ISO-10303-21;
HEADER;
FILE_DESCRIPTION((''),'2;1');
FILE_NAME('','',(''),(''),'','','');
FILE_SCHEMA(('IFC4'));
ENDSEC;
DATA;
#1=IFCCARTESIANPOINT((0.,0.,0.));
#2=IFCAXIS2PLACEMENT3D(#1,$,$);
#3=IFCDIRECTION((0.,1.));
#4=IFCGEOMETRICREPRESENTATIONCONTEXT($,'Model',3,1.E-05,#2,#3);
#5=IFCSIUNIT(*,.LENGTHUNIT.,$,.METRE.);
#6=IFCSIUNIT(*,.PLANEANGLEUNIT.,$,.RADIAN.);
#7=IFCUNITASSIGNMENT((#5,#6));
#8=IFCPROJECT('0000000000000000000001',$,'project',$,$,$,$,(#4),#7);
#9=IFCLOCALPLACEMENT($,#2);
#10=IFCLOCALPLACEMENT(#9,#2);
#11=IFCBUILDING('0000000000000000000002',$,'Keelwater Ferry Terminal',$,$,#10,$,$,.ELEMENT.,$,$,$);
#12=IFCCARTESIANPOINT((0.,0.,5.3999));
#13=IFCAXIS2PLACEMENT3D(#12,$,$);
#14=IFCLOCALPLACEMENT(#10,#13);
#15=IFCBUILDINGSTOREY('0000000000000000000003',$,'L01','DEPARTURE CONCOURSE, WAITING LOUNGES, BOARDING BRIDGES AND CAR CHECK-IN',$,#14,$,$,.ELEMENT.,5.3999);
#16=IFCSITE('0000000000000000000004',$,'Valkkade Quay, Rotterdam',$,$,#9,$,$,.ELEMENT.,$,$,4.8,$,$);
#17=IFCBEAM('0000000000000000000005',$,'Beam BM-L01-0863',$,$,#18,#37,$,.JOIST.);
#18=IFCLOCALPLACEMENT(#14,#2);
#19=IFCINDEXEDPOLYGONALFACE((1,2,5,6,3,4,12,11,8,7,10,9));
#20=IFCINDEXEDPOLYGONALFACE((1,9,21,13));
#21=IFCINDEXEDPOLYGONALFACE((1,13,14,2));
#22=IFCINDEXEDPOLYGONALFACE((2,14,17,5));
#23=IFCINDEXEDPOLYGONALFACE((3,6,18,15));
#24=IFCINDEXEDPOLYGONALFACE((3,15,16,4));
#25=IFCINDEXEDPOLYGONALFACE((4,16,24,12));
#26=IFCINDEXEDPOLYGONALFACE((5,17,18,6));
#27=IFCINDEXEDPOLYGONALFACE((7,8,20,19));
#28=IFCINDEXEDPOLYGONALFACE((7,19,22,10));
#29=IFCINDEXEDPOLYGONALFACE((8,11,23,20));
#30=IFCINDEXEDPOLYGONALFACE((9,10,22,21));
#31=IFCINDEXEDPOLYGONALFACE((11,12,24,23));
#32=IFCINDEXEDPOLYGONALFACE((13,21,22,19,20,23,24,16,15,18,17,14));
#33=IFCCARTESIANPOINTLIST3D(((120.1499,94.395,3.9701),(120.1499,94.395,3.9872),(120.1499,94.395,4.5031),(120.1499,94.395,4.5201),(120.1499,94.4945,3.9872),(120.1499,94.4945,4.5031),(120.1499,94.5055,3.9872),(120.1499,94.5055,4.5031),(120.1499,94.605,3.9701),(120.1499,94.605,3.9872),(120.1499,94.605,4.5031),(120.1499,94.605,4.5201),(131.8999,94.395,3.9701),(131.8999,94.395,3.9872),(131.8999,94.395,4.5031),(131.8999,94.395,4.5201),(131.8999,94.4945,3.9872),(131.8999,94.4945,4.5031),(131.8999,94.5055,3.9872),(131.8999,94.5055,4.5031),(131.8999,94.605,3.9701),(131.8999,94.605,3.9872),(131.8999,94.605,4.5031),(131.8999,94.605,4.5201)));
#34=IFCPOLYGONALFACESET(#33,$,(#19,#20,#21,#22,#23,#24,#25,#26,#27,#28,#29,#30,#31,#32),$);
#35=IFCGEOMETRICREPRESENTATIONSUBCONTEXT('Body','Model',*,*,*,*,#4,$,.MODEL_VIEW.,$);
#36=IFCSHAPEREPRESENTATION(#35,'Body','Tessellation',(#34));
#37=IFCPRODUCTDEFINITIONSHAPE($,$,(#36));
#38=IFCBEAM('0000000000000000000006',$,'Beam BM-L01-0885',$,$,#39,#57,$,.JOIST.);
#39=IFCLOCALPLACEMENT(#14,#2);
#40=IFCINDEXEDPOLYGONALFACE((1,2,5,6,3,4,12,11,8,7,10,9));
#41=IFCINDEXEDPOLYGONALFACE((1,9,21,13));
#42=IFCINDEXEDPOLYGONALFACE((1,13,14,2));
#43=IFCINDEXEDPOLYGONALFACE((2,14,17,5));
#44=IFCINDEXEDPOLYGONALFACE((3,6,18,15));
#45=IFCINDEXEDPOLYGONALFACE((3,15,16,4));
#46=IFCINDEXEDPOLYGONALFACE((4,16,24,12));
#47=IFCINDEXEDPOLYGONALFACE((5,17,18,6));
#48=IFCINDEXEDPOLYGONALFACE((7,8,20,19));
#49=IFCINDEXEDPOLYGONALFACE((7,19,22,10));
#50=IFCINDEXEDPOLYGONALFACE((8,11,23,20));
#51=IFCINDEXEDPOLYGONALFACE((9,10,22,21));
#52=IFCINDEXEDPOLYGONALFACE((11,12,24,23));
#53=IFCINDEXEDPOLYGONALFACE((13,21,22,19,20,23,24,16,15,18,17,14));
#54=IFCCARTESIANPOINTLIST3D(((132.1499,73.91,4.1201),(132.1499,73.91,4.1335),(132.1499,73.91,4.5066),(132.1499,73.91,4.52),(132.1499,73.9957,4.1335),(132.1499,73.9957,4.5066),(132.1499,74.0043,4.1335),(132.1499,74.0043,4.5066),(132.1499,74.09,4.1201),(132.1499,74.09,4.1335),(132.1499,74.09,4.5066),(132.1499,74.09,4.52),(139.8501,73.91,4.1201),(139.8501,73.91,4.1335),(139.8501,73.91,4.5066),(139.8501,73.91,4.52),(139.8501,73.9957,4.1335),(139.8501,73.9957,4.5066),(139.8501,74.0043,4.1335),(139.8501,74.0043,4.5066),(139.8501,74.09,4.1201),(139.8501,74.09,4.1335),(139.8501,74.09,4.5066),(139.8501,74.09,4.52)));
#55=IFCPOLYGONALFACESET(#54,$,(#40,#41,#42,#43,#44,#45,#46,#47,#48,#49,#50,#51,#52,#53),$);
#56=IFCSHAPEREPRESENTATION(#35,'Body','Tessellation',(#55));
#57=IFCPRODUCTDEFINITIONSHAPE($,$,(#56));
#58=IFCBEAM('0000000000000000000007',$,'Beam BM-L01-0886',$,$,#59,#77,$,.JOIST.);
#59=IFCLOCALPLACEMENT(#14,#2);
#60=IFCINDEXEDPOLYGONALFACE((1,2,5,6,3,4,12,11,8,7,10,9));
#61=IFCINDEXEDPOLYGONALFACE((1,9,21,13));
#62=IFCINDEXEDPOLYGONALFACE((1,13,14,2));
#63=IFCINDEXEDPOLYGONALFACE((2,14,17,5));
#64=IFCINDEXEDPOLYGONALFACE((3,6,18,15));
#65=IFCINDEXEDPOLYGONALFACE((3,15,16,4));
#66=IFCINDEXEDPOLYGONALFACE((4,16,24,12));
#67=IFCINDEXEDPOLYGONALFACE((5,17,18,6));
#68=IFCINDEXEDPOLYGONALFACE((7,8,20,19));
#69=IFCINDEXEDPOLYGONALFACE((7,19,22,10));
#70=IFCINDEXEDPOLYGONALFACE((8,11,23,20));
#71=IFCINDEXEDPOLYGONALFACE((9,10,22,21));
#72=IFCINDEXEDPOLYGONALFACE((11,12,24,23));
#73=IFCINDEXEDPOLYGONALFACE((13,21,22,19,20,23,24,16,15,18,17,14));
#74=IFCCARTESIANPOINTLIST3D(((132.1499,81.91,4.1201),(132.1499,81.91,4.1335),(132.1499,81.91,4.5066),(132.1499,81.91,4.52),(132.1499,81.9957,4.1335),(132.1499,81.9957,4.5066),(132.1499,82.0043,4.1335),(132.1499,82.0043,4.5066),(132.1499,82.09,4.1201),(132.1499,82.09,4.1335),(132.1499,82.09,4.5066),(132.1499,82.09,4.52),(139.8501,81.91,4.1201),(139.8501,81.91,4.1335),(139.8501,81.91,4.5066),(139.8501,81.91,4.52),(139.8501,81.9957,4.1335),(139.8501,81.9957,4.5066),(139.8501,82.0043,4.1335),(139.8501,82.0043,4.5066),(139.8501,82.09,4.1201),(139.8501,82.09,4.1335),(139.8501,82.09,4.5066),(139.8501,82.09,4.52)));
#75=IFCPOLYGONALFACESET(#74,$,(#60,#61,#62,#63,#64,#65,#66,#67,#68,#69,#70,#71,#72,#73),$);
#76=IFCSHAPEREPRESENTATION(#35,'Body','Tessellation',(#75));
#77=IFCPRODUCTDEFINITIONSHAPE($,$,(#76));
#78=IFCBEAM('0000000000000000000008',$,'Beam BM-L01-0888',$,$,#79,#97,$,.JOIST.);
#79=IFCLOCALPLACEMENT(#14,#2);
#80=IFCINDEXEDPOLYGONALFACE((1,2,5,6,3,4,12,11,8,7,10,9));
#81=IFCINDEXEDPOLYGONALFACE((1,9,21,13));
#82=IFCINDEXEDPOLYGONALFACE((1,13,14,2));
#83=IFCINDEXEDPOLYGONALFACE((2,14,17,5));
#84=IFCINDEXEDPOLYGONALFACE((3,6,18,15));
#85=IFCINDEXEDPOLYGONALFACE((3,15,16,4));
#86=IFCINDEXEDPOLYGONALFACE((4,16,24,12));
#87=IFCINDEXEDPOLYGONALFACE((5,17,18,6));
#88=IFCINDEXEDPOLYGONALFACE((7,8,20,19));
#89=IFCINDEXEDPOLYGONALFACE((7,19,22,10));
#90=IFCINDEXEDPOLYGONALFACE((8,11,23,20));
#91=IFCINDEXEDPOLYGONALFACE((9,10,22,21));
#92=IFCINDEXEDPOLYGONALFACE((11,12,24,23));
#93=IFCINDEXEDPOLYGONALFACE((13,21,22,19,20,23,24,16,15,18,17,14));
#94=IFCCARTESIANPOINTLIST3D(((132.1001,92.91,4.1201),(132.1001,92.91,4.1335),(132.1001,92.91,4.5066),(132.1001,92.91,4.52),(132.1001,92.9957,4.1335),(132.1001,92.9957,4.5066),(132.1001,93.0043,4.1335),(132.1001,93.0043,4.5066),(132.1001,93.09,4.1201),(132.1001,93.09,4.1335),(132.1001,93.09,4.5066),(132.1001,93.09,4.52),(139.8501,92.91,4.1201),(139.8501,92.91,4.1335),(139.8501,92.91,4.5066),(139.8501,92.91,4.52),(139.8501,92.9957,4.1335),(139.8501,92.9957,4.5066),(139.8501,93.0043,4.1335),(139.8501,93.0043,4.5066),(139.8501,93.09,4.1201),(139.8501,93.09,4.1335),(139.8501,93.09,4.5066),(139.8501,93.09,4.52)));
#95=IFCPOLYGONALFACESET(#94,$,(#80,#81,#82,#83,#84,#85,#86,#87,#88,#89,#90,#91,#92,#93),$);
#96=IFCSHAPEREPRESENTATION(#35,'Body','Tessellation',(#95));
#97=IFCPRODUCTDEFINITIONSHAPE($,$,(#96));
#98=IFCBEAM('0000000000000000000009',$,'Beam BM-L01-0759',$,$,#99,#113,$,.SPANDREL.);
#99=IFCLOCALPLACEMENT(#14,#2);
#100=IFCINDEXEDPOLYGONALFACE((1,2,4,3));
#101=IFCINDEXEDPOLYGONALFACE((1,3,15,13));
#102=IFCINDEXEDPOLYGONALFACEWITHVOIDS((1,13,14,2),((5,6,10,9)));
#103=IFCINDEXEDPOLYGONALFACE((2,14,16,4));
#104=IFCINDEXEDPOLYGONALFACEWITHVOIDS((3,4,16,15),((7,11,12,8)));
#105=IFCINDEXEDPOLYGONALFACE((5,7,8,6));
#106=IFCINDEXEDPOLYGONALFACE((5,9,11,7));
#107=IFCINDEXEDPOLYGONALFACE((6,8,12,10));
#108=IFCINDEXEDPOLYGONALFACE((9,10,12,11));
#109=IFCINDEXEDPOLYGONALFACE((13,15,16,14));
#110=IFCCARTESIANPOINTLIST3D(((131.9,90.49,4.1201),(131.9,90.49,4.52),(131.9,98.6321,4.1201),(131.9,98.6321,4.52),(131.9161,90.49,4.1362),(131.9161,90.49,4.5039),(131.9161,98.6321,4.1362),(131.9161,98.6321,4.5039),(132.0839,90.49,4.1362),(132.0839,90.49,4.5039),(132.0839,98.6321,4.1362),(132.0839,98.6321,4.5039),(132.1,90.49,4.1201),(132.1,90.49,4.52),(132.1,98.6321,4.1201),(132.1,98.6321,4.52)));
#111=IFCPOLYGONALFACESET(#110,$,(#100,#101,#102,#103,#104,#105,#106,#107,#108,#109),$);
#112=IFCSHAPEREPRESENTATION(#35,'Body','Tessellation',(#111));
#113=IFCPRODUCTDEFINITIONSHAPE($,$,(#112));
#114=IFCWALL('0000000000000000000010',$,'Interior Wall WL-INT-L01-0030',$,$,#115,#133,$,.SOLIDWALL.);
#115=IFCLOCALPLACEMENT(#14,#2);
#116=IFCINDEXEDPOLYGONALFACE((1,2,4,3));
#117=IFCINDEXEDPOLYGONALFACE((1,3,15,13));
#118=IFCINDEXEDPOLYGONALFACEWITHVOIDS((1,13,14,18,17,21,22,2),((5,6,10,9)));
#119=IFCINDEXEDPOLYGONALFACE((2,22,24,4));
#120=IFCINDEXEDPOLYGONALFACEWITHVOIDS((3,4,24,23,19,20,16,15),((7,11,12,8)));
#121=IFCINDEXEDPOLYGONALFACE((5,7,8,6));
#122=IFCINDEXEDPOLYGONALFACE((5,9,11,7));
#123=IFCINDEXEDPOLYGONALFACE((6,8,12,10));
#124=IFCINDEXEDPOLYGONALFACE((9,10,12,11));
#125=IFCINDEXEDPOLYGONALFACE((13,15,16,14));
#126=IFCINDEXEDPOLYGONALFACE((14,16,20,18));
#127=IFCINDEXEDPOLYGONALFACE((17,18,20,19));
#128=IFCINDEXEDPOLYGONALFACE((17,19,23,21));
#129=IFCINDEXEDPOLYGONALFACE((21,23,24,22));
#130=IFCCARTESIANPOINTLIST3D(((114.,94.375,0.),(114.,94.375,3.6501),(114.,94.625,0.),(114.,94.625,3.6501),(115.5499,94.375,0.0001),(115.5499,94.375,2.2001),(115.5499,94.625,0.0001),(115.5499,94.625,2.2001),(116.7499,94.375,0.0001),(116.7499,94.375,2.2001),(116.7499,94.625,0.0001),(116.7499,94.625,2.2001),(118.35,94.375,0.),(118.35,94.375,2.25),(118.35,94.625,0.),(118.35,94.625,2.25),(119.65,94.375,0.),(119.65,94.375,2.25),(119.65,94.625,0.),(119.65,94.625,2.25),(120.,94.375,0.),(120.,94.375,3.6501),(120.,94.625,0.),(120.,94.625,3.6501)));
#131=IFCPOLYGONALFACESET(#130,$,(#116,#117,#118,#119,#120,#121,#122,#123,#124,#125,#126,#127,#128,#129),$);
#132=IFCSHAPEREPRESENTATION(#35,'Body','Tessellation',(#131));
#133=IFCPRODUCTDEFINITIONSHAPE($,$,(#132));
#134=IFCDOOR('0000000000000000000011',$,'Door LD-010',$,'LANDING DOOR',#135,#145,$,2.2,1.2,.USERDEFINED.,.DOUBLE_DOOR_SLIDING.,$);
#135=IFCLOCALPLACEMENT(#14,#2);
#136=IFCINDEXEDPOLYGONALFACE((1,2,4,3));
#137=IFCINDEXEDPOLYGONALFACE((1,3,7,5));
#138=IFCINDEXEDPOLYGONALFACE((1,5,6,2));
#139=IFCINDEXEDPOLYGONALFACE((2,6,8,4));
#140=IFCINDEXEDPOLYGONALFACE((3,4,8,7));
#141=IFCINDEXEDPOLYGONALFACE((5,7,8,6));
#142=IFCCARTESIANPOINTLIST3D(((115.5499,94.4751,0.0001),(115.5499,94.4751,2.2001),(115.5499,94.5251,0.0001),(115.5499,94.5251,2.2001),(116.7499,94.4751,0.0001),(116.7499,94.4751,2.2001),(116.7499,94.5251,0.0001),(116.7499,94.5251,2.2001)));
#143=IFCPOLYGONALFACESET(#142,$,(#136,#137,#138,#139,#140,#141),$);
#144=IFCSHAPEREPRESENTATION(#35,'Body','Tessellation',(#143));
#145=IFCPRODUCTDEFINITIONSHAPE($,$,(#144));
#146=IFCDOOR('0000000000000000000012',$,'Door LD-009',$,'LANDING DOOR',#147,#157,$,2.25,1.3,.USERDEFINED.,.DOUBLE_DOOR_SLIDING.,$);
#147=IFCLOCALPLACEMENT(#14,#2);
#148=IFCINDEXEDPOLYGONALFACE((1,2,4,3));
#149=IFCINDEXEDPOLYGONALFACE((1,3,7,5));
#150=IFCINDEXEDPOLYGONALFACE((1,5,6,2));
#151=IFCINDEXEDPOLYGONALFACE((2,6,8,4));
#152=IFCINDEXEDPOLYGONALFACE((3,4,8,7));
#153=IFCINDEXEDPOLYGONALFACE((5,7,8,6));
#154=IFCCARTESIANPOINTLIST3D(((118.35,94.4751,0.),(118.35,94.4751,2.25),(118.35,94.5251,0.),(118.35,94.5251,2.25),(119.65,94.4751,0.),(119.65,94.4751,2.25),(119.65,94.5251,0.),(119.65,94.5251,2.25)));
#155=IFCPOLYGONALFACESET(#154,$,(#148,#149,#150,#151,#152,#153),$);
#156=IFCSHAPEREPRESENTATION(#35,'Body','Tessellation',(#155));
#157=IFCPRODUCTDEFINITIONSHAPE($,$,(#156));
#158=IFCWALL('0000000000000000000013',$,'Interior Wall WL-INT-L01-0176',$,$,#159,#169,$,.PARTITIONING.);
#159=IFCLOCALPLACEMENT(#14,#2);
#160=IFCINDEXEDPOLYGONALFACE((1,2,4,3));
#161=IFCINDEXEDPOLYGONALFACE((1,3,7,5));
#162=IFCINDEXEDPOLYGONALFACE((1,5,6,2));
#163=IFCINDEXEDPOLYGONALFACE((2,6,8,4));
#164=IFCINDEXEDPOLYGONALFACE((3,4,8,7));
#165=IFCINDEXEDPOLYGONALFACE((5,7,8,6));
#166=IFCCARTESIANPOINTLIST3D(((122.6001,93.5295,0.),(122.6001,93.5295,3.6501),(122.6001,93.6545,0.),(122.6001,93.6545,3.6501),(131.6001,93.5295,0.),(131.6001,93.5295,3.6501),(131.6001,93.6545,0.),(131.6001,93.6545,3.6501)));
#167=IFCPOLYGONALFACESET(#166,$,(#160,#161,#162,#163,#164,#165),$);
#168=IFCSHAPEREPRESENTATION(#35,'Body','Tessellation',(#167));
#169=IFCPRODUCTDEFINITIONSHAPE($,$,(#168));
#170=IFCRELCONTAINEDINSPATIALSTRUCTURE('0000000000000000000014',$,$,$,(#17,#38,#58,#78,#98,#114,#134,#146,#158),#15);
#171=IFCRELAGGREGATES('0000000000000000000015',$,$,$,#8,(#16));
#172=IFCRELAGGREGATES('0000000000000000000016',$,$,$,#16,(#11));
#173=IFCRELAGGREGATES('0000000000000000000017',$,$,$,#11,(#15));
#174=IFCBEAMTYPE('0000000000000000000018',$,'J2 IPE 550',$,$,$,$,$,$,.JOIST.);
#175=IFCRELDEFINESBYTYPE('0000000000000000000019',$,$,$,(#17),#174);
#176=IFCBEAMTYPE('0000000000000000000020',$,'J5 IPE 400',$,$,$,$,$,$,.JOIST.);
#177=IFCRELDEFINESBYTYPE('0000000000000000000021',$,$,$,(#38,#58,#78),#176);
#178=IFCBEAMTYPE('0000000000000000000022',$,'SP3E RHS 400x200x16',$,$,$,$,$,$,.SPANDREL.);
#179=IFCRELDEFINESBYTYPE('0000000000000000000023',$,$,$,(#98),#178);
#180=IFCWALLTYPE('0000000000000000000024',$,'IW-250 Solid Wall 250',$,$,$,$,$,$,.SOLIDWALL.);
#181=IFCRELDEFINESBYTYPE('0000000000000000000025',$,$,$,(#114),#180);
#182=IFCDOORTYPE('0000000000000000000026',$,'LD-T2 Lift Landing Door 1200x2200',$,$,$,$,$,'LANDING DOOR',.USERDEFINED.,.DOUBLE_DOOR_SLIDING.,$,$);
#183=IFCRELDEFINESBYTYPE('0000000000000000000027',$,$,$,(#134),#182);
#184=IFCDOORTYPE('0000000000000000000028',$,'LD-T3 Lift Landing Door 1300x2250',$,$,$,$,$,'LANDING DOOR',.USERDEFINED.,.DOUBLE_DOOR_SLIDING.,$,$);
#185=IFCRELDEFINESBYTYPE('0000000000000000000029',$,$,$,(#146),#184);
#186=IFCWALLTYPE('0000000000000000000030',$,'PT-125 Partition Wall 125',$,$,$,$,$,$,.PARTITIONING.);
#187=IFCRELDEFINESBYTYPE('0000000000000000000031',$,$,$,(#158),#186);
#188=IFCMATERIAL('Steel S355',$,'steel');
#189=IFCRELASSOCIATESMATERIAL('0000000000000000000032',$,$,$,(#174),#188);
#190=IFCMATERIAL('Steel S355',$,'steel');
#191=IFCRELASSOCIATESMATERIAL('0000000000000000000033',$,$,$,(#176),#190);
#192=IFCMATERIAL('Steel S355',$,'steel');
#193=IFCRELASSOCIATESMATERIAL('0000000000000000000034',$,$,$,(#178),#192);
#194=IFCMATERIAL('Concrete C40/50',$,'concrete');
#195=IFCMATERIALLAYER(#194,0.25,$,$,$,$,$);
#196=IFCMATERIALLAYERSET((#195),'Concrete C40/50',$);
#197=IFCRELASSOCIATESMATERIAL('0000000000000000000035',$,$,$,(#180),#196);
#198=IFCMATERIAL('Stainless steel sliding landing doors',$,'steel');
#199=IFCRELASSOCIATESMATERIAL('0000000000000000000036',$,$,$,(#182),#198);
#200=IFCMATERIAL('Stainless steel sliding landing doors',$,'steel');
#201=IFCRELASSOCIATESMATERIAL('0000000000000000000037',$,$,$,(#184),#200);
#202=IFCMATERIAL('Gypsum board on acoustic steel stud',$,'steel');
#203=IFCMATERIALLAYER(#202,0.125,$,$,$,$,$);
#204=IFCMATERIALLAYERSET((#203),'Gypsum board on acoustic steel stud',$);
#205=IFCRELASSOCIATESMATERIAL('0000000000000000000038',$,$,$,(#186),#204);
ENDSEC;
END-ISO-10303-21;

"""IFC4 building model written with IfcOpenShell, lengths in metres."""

from ifc_helpers import new_model, si_unit, direction, frame, frame_2d, origin, origin_2d, place, context, subcontext, project, spatial, rectangle, hollow_rectangle, i_section, extrude, material, layer, layer_set, material_profile, profile_set, type_object, element, fill, save


model = new_model("IFC4")

# Units and contexts
model_context = context("Model", 3, precision=1e-05, world=origin(), true_north=direction((0.0, 1.0)))
body_context = subcontext(model_context, "Body", "Model", "MODEL_VIEW")
ifc_project = project(units=[si_unit("LENGTHUNIT", "METRE"), si_unit("PLANEANGLEUNIT", "RADIAN")], contexts=[model_context])

# Site, building, storey
site_placement = place(None, origin())
site = spatial("IfcSite", under=ifc_project, at=site_placement, Name="Valkkade Quay, Rotterdam", CompositionType="ELEMENT", RefElevation=4.8)
building_placement = place(site_placement, origin())
building = spatial("IfcBuilding", under=site, at=building_placement, Name="Keelwater Ferry Terminal", CompositionType="ELEMENT")
storey_placement = place(building_placement, frame((0.0, 0.0, 5.3999)))
storey = spatial("IfcBuildingStorey", under=building, at=storey_placement, Name="L01", Description="DEPARTURE CONCOURSE, WAITING LOUNGES, BOARDING BRIDGES AND CAR CHECK-IN", CompositionType="ELEMENT", Elevation=5.3999)

# Beams
ifc_material_1 = material(Name="Steel S355", Category="steel")
ifc_material_profile_1 = material_profile(ifc_material_1, i_section(OverallWidth=0.21, OverallDepth=0.55, WebThickness=0.011, FlangeThickness=0.0171, at=origin_2d()), Name="IPE 550")
ifc_profile_set_1 = profile_set([ifc_material_profile_1], Name="Steel S355")
beam_type_1 = type_object("IfcBeamType", Name="J2 IPE 550", PredefinedType="JOIST", material=ifc_profile_set_1)
for number, where, z_axis, x_axis, name in (
    (1, (120.1499, 94.5, 4.2451), (1.0, 0.0, 0.0), (0.0, 1.0, 0.0), "Beam BM-L01-0863"),
):
    element("IfcBeam", number, at=place(storey_placement, frame(where, z_axis=z_axis, x_axis=x_axis)), inside=storey, type_object=beam_type_1, Name=name, PredefinedType="JOIST", context=body_context, shape_type="SweptSolid", body=[
        extrude(i_section(OverallWidth=0.21, OverallDepth=0.55, WebThickness=0.011, FlangeThickness=0.0171, at=origin_2d()), origin(), (0.0, 0.0, 1.0), 11.75),
    ])
ifc_material_2 = material(Name="Steel S355", Category="steel")
ifc_material_profile_2 = material_profile(ifc_material_2, i_section(OverallWidth=0.1799, OverallDepth=0.3999, WebThickness=0.0085, FlangeThickness=0.0134, at=origin_2d()), Name="IPE 400")
ifc_profile_set_2 = profile_set([ifc_material_profile_2], Name="Steel S355")
beam_type_2 = type_object("IfcBeamType", Name="J5 IPE 400", PredefinedType="JOIST", material=ifc_profile_set_2)
for number, where, z_axis, x_axis, name in (
    (2, (132.1499, 74.0, 4.3201), (1.0, 0.0, 0.0), (0.0, 1.0, 0.0), "Beam BM-L01-0885"),
    (3, (132.1499, 82.0, 4.3201), (1.0, 0.0, 0.0), (0.0, 1.0, 0.0), "Beam BM-L01-0886"),
):
    element("IfcBeam", number, at=place(storey_placement, frame(where, z_axis=z_axis, x_axis=x_axis)), inside=storey, type_object=beam_type_2, Name=name, PredefinedType="JOIST", context=body_context, shape_type="SweptSolid", body=[
        extrude(i_section(OverallWidth=0.1799, OverallDepth=0.3999, WebThickness=0.0085, FlangeThickness=0.0134, at=origin_2d()), origin(), (0.0, 0.0, 1.0), 7.7002),
    ])
beam_1_placement = place(storey_placement, frame((132.1001, 93.0, 4.3201), z_axis=(1.0, 0.0, 0.0), x_axis=(0.0, 1.0, 0.0)))
element("IfcBeam", 4, at=beam_1_placement, inside=storey, type_object=beam_type_2, Name="Beam BM-L01-0888", PredefinedType="JOIST", context=body_context, shape_type="SweptSolid", body=[
    extrude(i_section(OverallWidth=0.1799, OverallDepth=0.3999, WebThickness=0.0085, FlangeThickness=0.0134, at=origin_2d()), origin(), (0.0, 0.0, 1.0), 7.75),
])
ifc_material_3 = material(Name="Steel S355", Category="steel")
ifc_material_profile_3 = material_profile(ifc_material_3, hollow_rectangle(XDim=0.2, YDim=0.3999, WallThickness=0.0161, at=origin_2d()), Name="RHS 400x200x16")
ifc_profile_set_3 = profile_set([ifc_material_profile_3], Name="Steel S355")
beam_type_3 = type_object("IfcBeamType", Name="SP3E RHS 400x200x16", PredefinedType="SPANDREL", material=ifc_profile_set_3)
beam_2_placement = place(storey_placement, frame((132.0, 90.49, 4.3201), z_axis=(0.0, 1.0, 0.0), x_axis=(-1.0, 0.0, 0.0)))
element("IfcBeam", 5, at=beam_2_placement, inside=storey, type_object=beam_type_3, Name="Beam BM-L01-0759", PredefinedType="SPANDREL", context=body_context, shape_type="SweptSolid", body=[
    extrude(hollow_rectangle(XDim=0.2, YDim=0.3999, WallThickness=0.0161, at=origin_2d()), origin(), (0.0, 0.0, 1.0), 8.1421),
])

# Wall, openings, doors
ifc_material_4 = material(Name="Concrete C40/50", Category="concrete")
ifc_layer_1 = layer(ifc_material_4, 0.25)
ifc_layer_set_1 = layer_set([ifc_layer_1], Name="Concrete C40/50")
wall_type_1 = type_object("IfcWallType", Name="IW-250 Solid Wall 250", PredefinedType="SOLIDWALL", material=ifc_layer_set_1)
wall_1_placement = place(storey_placement, frame((120.0, 94.5, 0.0), z_axis=(0.0, 0.0, 1.0), x_axis=(-1.0, 0.0, 0.0)))
wall_1 = element("IfcWall", 6, at=wall_1_placement, inside=storey, type_object=wall_type_1, Name="Interior Wall WL-INT-L01-0030", PredefinedType="SOLIDWALL", context=body_context, shape_type="SweptSolid", body=[
    extrude(rectangle(XDim=6.0, YDim=0.25, at=frame_2d((3.0, 0.0))), origin(), (0.0, 0.0, 1.0), 3.6501),
])
opening_1_placement = place(wall_1_placement, frame((0.3501, 0.0, 0.0)))
opening_1 = element("IfcOpeningElement", 7, at=opening_1_placement, cuts=wall_1, PredefinedType="OPENING", context=body_context, shape_type="SweptSolid", body=[
    extrude(rectangle(XDim=1.3, YDim=2.25, at=frame_2d((0.6499, 1.125))), frame((0.0, 0.135, 0.0), z_axis=(0.0, -1.0, 0.0), x_axis=(1.0, 0.0, 0.0)), (0.0, 0.0, 1.0), 0.27),
])
opening_2_placement = place(wall_1_placement, frame((3.25, 0.0, 0.0)))
opening_2 = element("IfcOpeningElement", 8, at=opening_2_placement, cuts=wall_1, PredefinedType="OPENING", context=body_context, shape_type="SweptSolid", body=[
    extrude(rectangle(XDim=1.2, YDim=2.2, at=frame_2d((0.6001, 1.1001))), frame((0.0, 0.135, 0.0), z_axis=(0.0, -1.0, 0.0), x_axis=(1.0, 0.0, 0.0)), (0.0, 0.0, 1.0), 0.27),
])
ifc_material_5 = material(Name="Stainless steel sliding landing doors", Category="steel")
door_type_1 = type_object("IfcDoorType", Name="LD-T2 Lift Landing Door 1200x2200", ElementType="LANDING DOOR", OperationType="DOUBLE_DOOR_SLIDING", PredefinedType="USERDEFINED", material=ifc_material_5)
door_1_placement = place(opening_2_placement, origin())
door_1 = element("IfcDoor", 9, at=door_1_placement, inside=storey, type_object=door_type_1, Name="Door LD-010", ObjectType="LANDING DOOR", OperationType="DOUBLE_DOOR_SLIDING", OverallHeight=2.2, OverallWidth=1.2, PredefinedType="USERDEFINED", context=body_context, shape_type="SweptSolid", body=[
    extrude(rectangle(XDim=1.2, YDim=2.2, at=frame_2d((0.6001, 1.1001))), frame((0.0, 0.0249, 0.0), z_axis=(0.0, -1.0, 0.0), x_axis=(1.0, 0.0, 0.0)), (0.0, 0.0, 1.0), 0.05),
])
fill(opening_2, door_1)
ifc_material_6 = material(Name="Stainless steel sliding landing doors", Category="steel")
door_type_2 = type_object("IfcDoorType", Name="LD-T3 Lift Landing Door 1300x2250", ElementType="LANDING DOOR", OperationType="DOUBLE_DOOR_SLIDING", PredefinedType="USERDEFINED", material=ifc_material_6)
door_2_placement = place(opening_1_placement, origin())
door_2 = element("IfcDoor", 10, at=door_2_placement, inside=storey, type_object=door_type_2, Name="Door LD-009", ObjectType="LANDING DOOR", OperationType="DOUBLE_DOOR_SLIDING", OverallHeight=2.25, OverallWidth=1.3, PredefinedType="USERDEFINED", context=body_context, shape_type="SweptSolid", body=[
    extrude(rectangle(XDim=1.3, YDim=2.25, at=frame_2d((0.6499, 1.125))), frame((0.0, 0.0249, 0.0), z_axis=(0.0, -1.0, 0.0), x_axis=(1.0, 0.0, 0.0)), (0.0, 0.0, 1.0), 0.05),
])
fill(opening_1, door_2)

# Wall
ifc_material_7 = material(Name="Gypsum board on acoustic steel stud", Category="steel")
ifc_layer_2 = layer(ifc_material_7, 0.125)
ifc_layer_set_2 = layer_set([ifc_layer_2], Name="Gypsum board on acoustic steel stud")
wall_type_2 = type_object("IfcWallType", Name="PT-125 Partition Wall 125", PredefinedType="PARTITIONING", material=ifc_layer_set_2)
wall_2_placement = place(storey_placement, frame((122.6001, 93.592, 0.0), z_axis=(0.0, 0.0, 1.0), x_axis=(1.0, 0.0, 0.0)))
element("IfcWall", 11, at=wall_2_placement, inside=storey, type_object=wall_type_2, Name="Interior Wall WL-INT-L01-0176", PredefinedType="PARTITIONING", context=body_context, shape_type="SweptSolid", body=[
    extrude(rectangle(XDim=9.0, YDim=0.125, at=frame_2d((4.5, 0.0))), origin(), (0.0, 0.0, 1.0), 3.6501),
])

save(model, "model.ifc")
